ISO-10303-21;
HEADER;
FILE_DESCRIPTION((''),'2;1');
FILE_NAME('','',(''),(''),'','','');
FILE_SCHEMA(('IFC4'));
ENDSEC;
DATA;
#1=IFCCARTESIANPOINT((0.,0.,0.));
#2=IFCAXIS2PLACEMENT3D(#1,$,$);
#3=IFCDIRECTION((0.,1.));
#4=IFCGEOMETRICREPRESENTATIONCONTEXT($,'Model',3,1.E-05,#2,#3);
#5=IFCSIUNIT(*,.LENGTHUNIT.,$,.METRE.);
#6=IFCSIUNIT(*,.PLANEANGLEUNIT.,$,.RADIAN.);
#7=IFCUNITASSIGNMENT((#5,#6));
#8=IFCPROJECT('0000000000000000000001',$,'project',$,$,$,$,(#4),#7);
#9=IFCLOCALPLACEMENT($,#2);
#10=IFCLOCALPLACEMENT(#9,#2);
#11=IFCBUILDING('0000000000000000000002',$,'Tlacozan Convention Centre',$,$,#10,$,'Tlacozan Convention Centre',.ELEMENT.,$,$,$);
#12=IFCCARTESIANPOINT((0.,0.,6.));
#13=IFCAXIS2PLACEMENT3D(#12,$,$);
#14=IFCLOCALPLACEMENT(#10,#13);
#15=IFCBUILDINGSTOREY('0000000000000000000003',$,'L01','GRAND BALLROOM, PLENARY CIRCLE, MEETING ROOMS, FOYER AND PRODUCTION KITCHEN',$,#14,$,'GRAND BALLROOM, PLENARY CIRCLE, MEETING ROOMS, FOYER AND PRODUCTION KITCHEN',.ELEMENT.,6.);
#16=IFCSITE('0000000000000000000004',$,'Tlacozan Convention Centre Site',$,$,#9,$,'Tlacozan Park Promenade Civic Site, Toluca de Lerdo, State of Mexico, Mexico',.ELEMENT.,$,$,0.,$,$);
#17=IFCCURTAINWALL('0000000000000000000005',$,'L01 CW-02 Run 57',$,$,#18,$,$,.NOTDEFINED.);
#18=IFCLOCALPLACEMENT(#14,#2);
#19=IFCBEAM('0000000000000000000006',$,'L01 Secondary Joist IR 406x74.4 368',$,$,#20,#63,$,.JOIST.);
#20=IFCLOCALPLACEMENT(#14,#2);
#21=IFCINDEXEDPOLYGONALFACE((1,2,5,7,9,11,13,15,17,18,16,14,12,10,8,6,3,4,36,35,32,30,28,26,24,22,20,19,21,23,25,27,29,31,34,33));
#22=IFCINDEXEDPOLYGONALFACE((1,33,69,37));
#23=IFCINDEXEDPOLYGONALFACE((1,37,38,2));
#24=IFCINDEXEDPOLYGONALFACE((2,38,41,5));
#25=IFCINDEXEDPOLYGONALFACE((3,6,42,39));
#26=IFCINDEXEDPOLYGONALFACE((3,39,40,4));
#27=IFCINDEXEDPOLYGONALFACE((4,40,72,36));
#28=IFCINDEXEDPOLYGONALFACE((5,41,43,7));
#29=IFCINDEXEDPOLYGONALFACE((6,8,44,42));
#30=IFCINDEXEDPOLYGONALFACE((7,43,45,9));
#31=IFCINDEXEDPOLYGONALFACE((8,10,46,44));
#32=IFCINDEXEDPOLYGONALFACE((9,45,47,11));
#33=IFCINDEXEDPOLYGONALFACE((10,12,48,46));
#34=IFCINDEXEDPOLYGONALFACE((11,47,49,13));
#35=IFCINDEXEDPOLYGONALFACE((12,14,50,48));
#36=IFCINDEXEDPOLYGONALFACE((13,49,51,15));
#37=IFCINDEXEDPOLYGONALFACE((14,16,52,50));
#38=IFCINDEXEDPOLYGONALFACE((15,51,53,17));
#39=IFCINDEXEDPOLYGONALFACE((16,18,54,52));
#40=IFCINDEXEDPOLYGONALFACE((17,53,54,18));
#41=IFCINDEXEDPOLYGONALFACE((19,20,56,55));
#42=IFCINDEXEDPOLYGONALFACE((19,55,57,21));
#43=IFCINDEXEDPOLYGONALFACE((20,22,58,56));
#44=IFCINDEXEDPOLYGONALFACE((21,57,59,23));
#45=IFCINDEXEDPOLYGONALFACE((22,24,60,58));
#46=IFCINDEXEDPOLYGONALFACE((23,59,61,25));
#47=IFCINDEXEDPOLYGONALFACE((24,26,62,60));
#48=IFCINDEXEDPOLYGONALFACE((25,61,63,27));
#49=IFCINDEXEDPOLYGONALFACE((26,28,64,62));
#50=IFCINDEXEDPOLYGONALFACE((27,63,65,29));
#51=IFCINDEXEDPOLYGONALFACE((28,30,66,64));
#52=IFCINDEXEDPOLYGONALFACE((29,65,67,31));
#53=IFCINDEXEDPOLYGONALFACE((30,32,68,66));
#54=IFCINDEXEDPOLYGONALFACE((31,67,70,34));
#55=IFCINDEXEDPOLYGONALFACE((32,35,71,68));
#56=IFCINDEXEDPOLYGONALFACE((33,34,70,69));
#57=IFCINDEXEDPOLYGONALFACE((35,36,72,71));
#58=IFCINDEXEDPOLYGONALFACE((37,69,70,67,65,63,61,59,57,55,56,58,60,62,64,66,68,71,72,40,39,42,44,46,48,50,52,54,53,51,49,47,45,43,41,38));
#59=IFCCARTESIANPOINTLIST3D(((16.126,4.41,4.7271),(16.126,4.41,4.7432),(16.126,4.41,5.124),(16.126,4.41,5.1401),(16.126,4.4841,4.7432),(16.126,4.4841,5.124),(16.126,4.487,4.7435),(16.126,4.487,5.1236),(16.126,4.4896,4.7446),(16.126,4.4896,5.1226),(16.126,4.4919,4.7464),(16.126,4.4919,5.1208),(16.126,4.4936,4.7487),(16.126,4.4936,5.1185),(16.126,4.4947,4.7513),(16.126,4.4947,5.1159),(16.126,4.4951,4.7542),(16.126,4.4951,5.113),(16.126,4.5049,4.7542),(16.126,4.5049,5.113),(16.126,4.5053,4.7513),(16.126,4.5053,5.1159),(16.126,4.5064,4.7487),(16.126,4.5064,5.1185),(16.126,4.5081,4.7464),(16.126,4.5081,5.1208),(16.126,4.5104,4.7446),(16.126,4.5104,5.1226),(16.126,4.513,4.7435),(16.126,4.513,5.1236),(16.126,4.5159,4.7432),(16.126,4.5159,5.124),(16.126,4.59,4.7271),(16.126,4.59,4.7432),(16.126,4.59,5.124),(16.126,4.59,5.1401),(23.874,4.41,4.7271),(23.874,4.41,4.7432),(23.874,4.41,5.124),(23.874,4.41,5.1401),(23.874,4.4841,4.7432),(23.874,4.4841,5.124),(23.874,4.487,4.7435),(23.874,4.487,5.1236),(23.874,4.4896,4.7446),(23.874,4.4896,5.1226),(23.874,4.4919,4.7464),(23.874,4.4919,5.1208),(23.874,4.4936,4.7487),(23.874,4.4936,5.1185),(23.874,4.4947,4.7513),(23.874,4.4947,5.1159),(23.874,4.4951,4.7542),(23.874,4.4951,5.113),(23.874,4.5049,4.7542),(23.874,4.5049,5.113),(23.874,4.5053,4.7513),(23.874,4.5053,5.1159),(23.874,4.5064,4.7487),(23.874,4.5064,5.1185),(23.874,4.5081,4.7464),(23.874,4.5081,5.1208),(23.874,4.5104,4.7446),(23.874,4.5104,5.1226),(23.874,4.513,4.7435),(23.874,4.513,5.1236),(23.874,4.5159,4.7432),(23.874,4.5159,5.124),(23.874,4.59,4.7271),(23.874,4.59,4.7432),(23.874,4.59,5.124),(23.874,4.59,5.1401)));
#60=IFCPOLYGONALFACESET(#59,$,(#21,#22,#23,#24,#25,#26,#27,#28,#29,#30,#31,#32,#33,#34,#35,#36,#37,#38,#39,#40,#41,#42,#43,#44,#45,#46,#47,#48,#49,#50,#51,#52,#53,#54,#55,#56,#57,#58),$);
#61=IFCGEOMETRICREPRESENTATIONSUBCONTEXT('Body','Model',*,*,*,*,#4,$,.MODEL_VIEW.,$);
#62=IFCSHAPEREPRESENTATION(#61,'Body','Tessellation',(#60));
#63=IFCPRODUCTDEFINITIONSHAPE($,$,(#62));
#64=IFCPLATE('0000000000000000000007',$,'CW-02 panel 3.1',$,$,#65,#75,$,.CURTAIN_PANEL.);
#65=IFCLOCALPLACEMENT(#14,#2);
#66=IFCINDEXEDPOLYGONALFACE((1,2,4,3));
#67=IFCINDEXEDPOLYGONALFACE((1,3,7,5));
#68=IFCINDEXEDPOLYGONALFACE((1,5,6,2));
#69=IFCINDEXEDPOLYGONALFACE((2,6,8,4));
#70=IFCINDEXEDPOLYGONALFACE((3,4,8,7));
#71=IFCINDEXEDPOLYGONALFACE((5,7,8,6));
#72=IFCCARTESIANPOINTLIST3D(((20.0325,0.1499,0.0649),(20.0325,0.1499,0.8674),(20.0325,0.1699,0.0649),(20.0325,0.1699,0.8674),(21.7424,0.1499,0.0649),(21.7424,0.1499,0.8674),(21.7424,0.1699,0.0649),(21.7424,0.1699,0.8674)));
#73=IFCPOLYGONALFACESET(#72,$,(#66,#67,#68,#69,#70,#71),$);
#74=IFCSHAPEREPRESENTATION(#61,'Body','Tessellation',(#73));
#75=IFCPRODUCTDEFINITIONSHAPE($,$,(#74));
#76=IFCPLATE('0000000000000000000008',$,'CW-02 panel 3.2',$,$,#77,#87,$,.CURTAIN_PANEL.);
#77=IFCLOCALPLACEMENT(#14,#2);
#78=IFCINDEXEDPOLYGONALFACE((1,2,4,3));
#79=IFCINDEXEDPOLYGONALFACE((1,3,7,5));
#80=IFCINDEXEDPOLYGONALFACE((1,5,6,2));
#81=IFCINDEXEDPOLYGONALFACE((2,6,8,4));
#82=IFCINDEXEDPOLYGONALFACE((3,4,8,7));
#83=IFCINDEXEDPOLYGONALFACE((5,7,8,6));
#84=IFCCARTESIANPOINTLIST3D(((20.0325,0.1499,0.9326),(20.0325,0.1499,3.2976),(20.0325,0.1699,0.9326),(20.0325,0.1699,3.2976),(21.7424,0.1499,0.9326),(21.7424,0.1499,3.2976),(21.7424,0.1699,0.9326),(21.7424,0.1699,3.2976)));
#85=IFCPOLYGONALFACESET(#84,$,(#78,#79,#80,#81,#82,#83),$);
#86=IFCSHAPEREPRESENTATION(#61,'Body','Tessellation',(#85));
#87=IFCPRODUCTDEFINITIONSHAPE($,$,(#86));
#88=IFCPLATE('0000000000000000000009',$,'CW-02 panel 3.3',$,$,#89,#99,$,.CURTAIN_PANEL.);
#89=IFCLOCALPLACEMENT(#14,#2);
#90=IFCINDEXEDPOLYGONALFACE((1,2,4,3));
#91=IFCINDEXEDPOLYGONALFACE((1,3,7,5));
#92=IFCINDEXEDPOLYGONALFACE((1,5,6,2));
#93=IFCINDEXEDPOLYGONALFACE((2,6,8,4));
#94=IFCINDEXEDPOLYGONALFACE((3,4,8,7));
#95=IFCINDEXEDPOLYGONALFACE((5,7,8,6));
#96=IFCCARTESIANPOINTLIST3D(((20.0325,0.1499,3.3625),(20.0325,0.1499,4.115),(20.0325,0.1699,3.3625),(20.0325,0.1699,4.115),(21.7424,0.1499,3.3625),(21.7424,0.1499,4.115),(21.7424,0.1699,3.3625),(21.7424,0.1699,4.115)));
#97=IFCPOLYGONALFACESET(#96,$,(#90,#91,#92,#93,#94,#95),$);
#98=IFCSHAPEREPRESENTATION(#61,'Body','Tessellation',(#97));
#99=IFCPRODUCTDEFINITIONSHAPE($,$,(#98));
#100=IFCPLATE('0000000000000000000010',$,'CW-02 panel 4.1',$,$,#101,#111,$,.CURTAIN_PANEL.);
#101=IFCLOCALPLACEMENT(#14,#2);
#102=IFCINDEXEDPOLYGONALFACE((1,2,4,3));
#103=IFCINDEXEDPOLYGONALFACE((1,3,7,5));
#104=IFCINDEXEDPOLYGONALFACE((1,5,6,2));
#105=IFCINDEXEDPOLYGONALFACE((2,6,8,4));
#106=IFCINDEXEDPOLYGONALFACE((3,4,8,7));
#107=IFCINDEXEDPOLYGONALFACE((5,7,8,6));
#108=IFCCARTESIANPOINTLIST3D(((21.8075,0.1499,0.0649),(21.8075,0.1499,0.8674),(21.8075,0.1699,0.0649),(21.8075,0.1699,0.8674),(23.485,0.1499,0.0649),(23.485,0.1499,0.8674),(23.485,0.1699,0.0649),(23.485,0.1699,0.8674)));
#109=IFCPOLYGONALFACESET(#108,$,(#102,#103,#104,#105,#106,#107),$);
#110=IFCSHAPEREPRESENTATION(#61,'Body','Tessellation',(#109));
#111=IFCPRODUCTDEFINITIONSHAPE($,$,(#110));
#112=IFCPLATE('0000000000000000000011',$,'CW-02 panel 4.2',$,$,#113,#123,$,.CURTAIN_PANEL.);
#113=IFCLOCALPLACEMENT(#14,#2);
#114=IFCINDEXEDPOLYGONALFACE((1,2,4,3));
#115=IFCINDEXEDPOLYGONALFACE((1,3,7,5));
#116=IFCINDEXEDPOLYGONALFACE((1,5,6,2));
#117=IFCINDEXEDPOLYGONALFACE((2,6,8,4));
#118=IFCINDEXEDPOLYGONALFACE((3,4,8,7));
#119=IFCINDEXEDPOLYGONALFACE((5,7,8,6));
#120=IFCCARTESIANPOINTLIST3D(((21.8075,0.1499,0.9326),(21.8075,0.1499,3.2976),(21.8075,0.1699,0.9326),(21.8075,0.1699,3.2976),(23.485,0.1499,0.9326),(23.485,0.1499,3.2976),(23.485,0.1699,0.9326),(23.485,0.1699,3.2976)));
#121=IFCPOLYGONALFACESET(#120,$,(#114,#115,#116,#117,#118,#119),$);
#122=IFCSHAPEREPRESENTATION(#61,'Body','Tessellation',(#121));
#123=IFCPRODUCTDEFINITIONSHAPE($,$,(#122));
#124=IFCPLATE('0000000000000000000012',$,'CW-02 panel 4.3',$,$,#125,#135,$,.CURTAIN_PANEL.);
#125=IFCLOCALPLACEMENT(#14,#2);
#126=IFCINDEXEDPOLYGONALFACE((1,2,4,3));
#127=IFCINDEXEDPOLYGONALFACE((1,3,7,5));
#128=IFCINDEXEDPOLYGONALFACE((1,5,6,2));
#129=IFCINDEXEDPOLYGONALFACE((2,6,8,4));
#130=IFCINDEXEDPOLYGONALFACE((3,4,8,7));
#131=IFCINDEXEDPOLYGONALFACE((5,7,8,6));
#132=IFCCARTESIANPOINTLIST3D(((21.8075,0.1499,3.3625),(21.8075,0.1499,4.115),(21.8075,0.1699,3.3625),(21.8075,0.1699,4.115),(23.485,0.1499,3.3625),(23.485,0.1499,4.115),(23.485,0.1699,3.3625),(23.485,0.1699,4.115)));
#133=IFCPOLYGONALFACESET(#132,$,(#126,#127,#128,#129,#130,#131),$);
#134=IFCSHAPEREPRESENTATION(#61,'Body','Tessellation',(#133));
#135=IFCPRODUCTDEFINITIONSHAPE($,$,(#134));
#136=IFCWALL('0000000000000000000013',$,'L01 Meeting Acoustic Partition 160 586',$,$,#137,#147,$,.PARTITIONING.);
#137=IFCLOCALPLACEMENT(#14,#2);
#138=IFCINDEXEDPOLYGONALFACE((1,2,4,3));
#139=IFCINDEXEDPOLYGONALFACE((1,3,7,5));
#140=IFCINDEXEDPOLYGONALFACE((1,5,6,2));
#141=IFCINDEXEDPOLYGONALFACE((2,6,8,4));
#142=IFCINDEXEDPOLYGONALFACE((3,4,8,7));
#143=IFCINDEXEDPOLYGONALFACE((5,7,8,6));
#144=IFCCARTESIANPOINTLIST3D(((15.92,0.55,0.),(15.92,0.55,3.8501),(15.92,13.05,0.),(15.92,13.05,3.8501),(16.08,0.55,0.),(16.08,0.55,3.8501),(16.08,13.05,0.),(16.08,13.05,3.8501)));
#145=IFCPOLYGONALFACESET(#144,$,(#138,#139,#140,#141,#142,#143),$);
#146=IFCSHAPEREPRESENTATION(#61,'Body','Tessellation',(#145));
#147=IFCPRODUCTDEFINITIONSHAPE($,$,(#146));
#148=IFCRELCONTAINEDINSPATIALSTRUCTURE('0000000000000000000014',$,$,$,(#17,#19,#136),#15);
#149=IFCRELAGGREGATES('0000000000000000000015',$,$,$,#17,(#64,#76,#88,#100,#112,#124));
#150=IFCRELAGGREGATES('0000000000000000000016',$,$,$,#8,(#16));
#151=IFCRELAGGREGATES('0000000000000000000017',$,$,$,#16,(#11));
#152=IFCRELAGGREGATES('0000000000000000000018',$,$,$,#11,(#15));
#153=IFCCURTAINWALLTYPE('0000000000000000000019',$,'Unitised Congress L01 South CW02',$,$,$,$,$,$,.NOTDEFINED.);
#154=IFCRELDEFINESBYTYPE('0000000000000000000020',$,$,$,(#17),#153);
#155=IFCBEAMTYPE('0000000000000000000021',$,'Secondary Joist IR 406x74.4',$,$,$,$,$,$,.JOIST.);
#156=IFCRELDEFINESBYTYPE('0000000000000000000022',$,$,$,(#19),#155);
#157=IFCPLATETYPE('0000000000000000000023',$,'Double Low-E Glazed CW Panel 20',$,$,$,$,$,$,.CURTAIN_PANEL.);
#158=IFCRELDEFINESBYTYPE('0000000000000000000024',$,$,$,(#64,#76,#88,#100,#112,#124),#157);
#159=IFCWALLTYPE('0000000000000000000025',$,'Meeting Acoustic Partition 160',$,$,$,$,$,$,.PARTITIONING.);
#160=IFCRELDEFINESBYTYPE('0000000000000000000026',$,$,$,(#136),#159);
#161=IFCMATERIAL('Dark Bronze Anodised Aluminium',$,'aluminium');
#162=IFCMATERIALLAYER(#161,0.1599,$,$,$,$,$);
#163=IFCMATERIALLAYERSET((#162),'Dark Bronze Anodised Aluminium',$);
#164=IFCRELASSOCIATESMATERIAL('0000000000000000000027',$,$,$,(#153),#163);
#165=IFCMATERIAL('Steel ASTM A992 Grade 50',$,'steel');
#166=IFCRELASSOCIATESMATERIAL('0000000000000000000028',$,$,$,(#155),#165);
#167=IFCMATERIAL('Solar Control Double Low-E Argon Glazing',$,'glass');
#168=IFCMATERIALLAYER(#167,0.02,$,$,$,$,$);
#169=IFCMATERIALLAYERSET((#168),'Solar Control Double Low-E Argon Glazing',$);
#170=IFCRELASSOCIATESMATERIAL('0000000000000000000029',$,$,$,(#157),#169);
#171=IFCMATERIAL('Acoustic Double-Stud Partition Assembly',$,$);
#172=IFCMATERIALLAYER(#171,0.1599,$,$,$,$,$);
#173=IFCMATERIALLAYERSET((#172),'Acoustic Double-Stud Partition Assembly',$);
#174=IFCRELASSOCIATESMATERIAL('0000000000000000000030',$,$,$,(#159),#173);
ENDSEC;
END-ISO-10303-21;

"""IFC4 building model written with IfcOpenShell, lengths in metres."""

from ifc_helpers import new_model, si_unit, direction, frame, frame_2d, origin, origin_2d, place, context, subcontext, project, spatial, rectangle, i_section, extrude, material, layer, layer_set, material_profile, profile_set, type_object, element, aggregate, save


model = new_model("IFC4")

# Units and contexts
model_context = context("Model", 3, precision=1e-05, world=origin(), true_north=direction((0.0, 1.0)))
body_context = subcontext(model_context, "Body", "Model", "MODEL_VIEW")
ifc_project = project(units=[si_unit("LENGTHUNIT", "METRE"), si_unit("PLANEANGLEUNIT", "RADIAN")], contexts=[model_context])

# Site, building, storey
site_placement = place(None, origin())
site = spatial("IfcSite", under=ifc_project, at=site_placement, Name="Tlacozan Convention Centre Site", LongName="Tlacozan Park Promenade Civic Site, Toluca de Lerdo, State of Mexico, Mexico", CompositionType="ELEMENT", RefElevation=0.0)
building_placement = place(site_placement, origin())
building = spatial("IfcBuilding", under=site, at=building_placement, Name="Tlacozan Convention Centre", LongName="Tlacozan Convention Centre", CompositionType="ELEMENT")
storey_placement = place(building_placement, frame((0.0, 0.0, 6.0)))
storey = spatial("IfcBuildingStorey", under=building, at=storey_placement, Name="L01", Description="GRAND BALLROOM, PLENARY CIRCLE, MEETING ROOMS, FOYER AND PRODUCTION KITCHEN", LongName="GRAND BALLROOM, PLENARY CIRCLE, MEETING ROOMS, FOYER AND PRODUCTION KITCHEN", CompositionType="ELEMENT", Elevation=6.0)

# Shared definitions
ifc_material_1 = material(Name="Steel ASTM A992 Grade 50", Category="steel")

# Curtain wall
ifc_material_2 = material(Name="Dark Bronze Anodised Aluminium", Category="aluminium")
ifc_layer_1 = layer(ifc_material_2, 0.1599)
ifc_layer_set_1 = layer_set([ifc_layer_1], Name="Dark Bronze Anodised Aluminium")
curtain_wall_type = type_object("IfcCurtainWallType", Name="Unitised Congress L01 South CW02", PredefinedType="NOTDEFINED", material=ifc_layer_set_1)
curtain_wall_placement = place(storey_placement, origin())
curtain_wall = element("IfcCurtainWall", 1, at=curtain_wall_placement, inside=storey, type_object=curtain_wall_type, Name="L01 CW-02 Run 57", PredefinedType="NOTDEFINED")

# Beam
ifc_material_profile_1 = material_profile(ifc_material_1, i_section(OverallWidth=0.1799, OverallDepth=0.4131, WebThickness=0.0098, FlangeThickness=0.0161, FilletRadius=0.011, at=origin_2d()), Name="IR 406x74.4")
ifc_profile_set_1 = profile_set([ifc_material_profile_1], Name="Steel ASTM A992 Grade 50")
beam_type_1 = type_object("IfcBeamType", Name="Secondary Joist IR 406x74.4", PredefinedType="JOIST", material=ifc_profile_set_1)
for number, where, z_axis, x_axis, name in (
    (2, (16.126, 4.5, 4.9336), (1.0, 0.0, 0.0), (0.0, 1.0, 0.0), "L01 Secondary Joist IR 406x74.4 368"),
):
    element("IfcBeam", number, at=place(storey_placement, frame(where, z_axis=z_axis, x_axis=x_axis)), inside=storey, type_object=beam_type_1, Name=name, PredefinedType="JOIST", context=body_context, shape_type="SweptSolid", body=[
        extrude(i_section(OverallWidth=0.1799, OverallDepth=0.4131, WebThickness=0.0098, FlangeThickness=0.0161, FilletRadius=0.011, at=origin_2d()), origin(), (0.0, 0.0, 1.0), 7.748),
    ])

# Plates
ifc_material_3 = material(Name="Solar Control Double Low-E Argon Glazing", Category="glass")
ifc_layer_2 = layer(ifc_material_3, 0.02)
ifc_layer_set_2 = layer_set([ifc_layer_2], Name="Solar Control Double Low-E Argon Glazing")
plate_type = type_object("IfcPlateType", Name="Double Low-E Glazed CW Panel 20", PredefinedType="CURTAIN_PANEL", material=ifc_layer_set_2)
plate_1_placement = place(storey_placement, frame((20.8875, 0.1599, 0.0649), z_axis=(0.0, 0.0, 1.0), x_axis=(1.0, 0.0, 0.0)))
plate_1 = element("IfcPlate", 3, at=plate_1_placement, type_object=plate_type, Name="CW-02 panel 3.1", PredefinedType="CURTAIN_PANEL", context=body_context, shape_type="SweptSolid", body=[
    extrude(rectangle(XDim=1.71, YDim=0.02, at=origin_2d()), origin(), (0.0, 0.0, 1.0), 0.8025),
])
plate_2_placement = place(storey_placement, frame((20.8875, 0.1599, 0.9326), z_axis=(0.0, 0.0, 1.0), x_axis=(1.0, 0.0, 0.0)))
plate_2 = element("IfcPlate", 4, at=plate_2_placement, type_object=plate_type, Name="CW-02 panel 3.2", PredefinedType="CURTAIN_PANEL", context=body_context, shape_type="SweptSolid", body=[
    extrude(rectangle(XDim=1.71, YDim=0.02, at=origin_2d()), origin(), (0.0, 0.0, 1.0), 2.365),
])
plate_3_placement = place(storey_placement, frame((20.8875, 0.1599, 3.3625), z_axis=(0.0, 0.0, 1.0), x_axis=(1.0, 0.0, 0.0)))
plate_3 = element("IfcPlate", 5, at=plate_3_placement, type_object=plate_type, Name="CW-02 panel 3.3", PredefinedType="CURTAIN_PANEL", context=body_context, shape_type="SweptSolid", body=[
    extrude(rectangle(XDim=1.71, YDim=0.02, at=origin_2d()), origin(), (0.0, 0.0, 1.0), 0.7524),
])
plate_4_placement = place(storey_placement, frame((22.6462, 0.1599, 0.0649), z_axis=(0.0, 0.0, 1.0), x_axis=(1.0, 0.0, 0.0)))
plate_4 = element("IfcPlate", 6, at=plate_4_placement, type_object=plate_type, Name="CW-02 panel 4.1", PredefinedType="CURTAIN_PANEL", context=body_context, shape_type="SweptSolid", body=[
    extrude(rectangle(XDim=1.6775, YDim=0.02, at=origin_2d()), origin(), (0.0, 0.0, 1.0), 0.8025),
])
plate_5_placement = place(storey_placement, frame((22.6462, 0.1599, 0.9326), z_axis=(0.0, 0.0, 1.0), x_axis=(1.0, 0.0, 0.0)))
plate_5 = element("IfcPlate", 7, at=plate_5_placement, type_object=plate_type, Name="CW-02 panel 4.2", PredefinedType="CURTAIN_PANEL", context=body_context, shape_type="SweptSolid", body=[
    extrude(rectangle(XDim=1.6775, YDim=0.02, at=origin_2d()), origin(), (0.0, 0.0, 1.0), 2.365),
])
plate_6_placement = place(storey_placement, frame((22.6462, 0.1599, 3.3625), z_axis=(0.0, 0.0, 1.0), x_axis=(1.0, 0.0, 0.0)))
plate_6 = element("IfcPlate", 8, at=plate_6_placement, type_object=plate_type, Name="CW-02 panel 4.3", PredefinedType="CURTAIN_PANEL", context=body_context, shape_type="SweptSolid", body=[
    extrude(rectangle(XDim=1.6775, YDim=0.02, at=origin_2d()), origin(), (0.0, 0.0, 1.0), 0.7524),
])
aggregate(curtain_wall, [plate_1, plate_2, plate_3, plate_4, plate_5, plate_6])

# Wall
ifc_material_4 = material(Name="Acoustic Double-Stud Partition Assembly")
ifc_layer_3 = layer(ifc_material_4, 0.1599)
ifc_layer_set_3 = layer_set([ifc_layer_3], Name="Acoustic Double-Stud Partition Assembly")
wall_type = type_object("IfcWallType", Name="Meeting Acoustic Partition 160", PredefinedType="PARTITIONING", material=ifc_layer_set_3)
wall_placement = place(storey_placement, frame((16.0, 0.55, 0.0), z_axis=(0.0, 0.0, 1.0), x_axis=(0.0, 1.0, 0.0)))
element("IfcWall", 9, at=wall_placement, inside=storey, type_object=wall_type, Name="L01 Meeting Acoustic Partition 160 586", PredefinedType="PARTITIONING", context=body_context, shape_type="SweptSolid", body=[
    extrude(rectangle(XDim=12.5, YDim=0.1599, at=frame_2d((6.25, 0.0))), origin(), (0.0, 0.0, 1.0), 3.8501),
])

save(model, "model.ifc")
